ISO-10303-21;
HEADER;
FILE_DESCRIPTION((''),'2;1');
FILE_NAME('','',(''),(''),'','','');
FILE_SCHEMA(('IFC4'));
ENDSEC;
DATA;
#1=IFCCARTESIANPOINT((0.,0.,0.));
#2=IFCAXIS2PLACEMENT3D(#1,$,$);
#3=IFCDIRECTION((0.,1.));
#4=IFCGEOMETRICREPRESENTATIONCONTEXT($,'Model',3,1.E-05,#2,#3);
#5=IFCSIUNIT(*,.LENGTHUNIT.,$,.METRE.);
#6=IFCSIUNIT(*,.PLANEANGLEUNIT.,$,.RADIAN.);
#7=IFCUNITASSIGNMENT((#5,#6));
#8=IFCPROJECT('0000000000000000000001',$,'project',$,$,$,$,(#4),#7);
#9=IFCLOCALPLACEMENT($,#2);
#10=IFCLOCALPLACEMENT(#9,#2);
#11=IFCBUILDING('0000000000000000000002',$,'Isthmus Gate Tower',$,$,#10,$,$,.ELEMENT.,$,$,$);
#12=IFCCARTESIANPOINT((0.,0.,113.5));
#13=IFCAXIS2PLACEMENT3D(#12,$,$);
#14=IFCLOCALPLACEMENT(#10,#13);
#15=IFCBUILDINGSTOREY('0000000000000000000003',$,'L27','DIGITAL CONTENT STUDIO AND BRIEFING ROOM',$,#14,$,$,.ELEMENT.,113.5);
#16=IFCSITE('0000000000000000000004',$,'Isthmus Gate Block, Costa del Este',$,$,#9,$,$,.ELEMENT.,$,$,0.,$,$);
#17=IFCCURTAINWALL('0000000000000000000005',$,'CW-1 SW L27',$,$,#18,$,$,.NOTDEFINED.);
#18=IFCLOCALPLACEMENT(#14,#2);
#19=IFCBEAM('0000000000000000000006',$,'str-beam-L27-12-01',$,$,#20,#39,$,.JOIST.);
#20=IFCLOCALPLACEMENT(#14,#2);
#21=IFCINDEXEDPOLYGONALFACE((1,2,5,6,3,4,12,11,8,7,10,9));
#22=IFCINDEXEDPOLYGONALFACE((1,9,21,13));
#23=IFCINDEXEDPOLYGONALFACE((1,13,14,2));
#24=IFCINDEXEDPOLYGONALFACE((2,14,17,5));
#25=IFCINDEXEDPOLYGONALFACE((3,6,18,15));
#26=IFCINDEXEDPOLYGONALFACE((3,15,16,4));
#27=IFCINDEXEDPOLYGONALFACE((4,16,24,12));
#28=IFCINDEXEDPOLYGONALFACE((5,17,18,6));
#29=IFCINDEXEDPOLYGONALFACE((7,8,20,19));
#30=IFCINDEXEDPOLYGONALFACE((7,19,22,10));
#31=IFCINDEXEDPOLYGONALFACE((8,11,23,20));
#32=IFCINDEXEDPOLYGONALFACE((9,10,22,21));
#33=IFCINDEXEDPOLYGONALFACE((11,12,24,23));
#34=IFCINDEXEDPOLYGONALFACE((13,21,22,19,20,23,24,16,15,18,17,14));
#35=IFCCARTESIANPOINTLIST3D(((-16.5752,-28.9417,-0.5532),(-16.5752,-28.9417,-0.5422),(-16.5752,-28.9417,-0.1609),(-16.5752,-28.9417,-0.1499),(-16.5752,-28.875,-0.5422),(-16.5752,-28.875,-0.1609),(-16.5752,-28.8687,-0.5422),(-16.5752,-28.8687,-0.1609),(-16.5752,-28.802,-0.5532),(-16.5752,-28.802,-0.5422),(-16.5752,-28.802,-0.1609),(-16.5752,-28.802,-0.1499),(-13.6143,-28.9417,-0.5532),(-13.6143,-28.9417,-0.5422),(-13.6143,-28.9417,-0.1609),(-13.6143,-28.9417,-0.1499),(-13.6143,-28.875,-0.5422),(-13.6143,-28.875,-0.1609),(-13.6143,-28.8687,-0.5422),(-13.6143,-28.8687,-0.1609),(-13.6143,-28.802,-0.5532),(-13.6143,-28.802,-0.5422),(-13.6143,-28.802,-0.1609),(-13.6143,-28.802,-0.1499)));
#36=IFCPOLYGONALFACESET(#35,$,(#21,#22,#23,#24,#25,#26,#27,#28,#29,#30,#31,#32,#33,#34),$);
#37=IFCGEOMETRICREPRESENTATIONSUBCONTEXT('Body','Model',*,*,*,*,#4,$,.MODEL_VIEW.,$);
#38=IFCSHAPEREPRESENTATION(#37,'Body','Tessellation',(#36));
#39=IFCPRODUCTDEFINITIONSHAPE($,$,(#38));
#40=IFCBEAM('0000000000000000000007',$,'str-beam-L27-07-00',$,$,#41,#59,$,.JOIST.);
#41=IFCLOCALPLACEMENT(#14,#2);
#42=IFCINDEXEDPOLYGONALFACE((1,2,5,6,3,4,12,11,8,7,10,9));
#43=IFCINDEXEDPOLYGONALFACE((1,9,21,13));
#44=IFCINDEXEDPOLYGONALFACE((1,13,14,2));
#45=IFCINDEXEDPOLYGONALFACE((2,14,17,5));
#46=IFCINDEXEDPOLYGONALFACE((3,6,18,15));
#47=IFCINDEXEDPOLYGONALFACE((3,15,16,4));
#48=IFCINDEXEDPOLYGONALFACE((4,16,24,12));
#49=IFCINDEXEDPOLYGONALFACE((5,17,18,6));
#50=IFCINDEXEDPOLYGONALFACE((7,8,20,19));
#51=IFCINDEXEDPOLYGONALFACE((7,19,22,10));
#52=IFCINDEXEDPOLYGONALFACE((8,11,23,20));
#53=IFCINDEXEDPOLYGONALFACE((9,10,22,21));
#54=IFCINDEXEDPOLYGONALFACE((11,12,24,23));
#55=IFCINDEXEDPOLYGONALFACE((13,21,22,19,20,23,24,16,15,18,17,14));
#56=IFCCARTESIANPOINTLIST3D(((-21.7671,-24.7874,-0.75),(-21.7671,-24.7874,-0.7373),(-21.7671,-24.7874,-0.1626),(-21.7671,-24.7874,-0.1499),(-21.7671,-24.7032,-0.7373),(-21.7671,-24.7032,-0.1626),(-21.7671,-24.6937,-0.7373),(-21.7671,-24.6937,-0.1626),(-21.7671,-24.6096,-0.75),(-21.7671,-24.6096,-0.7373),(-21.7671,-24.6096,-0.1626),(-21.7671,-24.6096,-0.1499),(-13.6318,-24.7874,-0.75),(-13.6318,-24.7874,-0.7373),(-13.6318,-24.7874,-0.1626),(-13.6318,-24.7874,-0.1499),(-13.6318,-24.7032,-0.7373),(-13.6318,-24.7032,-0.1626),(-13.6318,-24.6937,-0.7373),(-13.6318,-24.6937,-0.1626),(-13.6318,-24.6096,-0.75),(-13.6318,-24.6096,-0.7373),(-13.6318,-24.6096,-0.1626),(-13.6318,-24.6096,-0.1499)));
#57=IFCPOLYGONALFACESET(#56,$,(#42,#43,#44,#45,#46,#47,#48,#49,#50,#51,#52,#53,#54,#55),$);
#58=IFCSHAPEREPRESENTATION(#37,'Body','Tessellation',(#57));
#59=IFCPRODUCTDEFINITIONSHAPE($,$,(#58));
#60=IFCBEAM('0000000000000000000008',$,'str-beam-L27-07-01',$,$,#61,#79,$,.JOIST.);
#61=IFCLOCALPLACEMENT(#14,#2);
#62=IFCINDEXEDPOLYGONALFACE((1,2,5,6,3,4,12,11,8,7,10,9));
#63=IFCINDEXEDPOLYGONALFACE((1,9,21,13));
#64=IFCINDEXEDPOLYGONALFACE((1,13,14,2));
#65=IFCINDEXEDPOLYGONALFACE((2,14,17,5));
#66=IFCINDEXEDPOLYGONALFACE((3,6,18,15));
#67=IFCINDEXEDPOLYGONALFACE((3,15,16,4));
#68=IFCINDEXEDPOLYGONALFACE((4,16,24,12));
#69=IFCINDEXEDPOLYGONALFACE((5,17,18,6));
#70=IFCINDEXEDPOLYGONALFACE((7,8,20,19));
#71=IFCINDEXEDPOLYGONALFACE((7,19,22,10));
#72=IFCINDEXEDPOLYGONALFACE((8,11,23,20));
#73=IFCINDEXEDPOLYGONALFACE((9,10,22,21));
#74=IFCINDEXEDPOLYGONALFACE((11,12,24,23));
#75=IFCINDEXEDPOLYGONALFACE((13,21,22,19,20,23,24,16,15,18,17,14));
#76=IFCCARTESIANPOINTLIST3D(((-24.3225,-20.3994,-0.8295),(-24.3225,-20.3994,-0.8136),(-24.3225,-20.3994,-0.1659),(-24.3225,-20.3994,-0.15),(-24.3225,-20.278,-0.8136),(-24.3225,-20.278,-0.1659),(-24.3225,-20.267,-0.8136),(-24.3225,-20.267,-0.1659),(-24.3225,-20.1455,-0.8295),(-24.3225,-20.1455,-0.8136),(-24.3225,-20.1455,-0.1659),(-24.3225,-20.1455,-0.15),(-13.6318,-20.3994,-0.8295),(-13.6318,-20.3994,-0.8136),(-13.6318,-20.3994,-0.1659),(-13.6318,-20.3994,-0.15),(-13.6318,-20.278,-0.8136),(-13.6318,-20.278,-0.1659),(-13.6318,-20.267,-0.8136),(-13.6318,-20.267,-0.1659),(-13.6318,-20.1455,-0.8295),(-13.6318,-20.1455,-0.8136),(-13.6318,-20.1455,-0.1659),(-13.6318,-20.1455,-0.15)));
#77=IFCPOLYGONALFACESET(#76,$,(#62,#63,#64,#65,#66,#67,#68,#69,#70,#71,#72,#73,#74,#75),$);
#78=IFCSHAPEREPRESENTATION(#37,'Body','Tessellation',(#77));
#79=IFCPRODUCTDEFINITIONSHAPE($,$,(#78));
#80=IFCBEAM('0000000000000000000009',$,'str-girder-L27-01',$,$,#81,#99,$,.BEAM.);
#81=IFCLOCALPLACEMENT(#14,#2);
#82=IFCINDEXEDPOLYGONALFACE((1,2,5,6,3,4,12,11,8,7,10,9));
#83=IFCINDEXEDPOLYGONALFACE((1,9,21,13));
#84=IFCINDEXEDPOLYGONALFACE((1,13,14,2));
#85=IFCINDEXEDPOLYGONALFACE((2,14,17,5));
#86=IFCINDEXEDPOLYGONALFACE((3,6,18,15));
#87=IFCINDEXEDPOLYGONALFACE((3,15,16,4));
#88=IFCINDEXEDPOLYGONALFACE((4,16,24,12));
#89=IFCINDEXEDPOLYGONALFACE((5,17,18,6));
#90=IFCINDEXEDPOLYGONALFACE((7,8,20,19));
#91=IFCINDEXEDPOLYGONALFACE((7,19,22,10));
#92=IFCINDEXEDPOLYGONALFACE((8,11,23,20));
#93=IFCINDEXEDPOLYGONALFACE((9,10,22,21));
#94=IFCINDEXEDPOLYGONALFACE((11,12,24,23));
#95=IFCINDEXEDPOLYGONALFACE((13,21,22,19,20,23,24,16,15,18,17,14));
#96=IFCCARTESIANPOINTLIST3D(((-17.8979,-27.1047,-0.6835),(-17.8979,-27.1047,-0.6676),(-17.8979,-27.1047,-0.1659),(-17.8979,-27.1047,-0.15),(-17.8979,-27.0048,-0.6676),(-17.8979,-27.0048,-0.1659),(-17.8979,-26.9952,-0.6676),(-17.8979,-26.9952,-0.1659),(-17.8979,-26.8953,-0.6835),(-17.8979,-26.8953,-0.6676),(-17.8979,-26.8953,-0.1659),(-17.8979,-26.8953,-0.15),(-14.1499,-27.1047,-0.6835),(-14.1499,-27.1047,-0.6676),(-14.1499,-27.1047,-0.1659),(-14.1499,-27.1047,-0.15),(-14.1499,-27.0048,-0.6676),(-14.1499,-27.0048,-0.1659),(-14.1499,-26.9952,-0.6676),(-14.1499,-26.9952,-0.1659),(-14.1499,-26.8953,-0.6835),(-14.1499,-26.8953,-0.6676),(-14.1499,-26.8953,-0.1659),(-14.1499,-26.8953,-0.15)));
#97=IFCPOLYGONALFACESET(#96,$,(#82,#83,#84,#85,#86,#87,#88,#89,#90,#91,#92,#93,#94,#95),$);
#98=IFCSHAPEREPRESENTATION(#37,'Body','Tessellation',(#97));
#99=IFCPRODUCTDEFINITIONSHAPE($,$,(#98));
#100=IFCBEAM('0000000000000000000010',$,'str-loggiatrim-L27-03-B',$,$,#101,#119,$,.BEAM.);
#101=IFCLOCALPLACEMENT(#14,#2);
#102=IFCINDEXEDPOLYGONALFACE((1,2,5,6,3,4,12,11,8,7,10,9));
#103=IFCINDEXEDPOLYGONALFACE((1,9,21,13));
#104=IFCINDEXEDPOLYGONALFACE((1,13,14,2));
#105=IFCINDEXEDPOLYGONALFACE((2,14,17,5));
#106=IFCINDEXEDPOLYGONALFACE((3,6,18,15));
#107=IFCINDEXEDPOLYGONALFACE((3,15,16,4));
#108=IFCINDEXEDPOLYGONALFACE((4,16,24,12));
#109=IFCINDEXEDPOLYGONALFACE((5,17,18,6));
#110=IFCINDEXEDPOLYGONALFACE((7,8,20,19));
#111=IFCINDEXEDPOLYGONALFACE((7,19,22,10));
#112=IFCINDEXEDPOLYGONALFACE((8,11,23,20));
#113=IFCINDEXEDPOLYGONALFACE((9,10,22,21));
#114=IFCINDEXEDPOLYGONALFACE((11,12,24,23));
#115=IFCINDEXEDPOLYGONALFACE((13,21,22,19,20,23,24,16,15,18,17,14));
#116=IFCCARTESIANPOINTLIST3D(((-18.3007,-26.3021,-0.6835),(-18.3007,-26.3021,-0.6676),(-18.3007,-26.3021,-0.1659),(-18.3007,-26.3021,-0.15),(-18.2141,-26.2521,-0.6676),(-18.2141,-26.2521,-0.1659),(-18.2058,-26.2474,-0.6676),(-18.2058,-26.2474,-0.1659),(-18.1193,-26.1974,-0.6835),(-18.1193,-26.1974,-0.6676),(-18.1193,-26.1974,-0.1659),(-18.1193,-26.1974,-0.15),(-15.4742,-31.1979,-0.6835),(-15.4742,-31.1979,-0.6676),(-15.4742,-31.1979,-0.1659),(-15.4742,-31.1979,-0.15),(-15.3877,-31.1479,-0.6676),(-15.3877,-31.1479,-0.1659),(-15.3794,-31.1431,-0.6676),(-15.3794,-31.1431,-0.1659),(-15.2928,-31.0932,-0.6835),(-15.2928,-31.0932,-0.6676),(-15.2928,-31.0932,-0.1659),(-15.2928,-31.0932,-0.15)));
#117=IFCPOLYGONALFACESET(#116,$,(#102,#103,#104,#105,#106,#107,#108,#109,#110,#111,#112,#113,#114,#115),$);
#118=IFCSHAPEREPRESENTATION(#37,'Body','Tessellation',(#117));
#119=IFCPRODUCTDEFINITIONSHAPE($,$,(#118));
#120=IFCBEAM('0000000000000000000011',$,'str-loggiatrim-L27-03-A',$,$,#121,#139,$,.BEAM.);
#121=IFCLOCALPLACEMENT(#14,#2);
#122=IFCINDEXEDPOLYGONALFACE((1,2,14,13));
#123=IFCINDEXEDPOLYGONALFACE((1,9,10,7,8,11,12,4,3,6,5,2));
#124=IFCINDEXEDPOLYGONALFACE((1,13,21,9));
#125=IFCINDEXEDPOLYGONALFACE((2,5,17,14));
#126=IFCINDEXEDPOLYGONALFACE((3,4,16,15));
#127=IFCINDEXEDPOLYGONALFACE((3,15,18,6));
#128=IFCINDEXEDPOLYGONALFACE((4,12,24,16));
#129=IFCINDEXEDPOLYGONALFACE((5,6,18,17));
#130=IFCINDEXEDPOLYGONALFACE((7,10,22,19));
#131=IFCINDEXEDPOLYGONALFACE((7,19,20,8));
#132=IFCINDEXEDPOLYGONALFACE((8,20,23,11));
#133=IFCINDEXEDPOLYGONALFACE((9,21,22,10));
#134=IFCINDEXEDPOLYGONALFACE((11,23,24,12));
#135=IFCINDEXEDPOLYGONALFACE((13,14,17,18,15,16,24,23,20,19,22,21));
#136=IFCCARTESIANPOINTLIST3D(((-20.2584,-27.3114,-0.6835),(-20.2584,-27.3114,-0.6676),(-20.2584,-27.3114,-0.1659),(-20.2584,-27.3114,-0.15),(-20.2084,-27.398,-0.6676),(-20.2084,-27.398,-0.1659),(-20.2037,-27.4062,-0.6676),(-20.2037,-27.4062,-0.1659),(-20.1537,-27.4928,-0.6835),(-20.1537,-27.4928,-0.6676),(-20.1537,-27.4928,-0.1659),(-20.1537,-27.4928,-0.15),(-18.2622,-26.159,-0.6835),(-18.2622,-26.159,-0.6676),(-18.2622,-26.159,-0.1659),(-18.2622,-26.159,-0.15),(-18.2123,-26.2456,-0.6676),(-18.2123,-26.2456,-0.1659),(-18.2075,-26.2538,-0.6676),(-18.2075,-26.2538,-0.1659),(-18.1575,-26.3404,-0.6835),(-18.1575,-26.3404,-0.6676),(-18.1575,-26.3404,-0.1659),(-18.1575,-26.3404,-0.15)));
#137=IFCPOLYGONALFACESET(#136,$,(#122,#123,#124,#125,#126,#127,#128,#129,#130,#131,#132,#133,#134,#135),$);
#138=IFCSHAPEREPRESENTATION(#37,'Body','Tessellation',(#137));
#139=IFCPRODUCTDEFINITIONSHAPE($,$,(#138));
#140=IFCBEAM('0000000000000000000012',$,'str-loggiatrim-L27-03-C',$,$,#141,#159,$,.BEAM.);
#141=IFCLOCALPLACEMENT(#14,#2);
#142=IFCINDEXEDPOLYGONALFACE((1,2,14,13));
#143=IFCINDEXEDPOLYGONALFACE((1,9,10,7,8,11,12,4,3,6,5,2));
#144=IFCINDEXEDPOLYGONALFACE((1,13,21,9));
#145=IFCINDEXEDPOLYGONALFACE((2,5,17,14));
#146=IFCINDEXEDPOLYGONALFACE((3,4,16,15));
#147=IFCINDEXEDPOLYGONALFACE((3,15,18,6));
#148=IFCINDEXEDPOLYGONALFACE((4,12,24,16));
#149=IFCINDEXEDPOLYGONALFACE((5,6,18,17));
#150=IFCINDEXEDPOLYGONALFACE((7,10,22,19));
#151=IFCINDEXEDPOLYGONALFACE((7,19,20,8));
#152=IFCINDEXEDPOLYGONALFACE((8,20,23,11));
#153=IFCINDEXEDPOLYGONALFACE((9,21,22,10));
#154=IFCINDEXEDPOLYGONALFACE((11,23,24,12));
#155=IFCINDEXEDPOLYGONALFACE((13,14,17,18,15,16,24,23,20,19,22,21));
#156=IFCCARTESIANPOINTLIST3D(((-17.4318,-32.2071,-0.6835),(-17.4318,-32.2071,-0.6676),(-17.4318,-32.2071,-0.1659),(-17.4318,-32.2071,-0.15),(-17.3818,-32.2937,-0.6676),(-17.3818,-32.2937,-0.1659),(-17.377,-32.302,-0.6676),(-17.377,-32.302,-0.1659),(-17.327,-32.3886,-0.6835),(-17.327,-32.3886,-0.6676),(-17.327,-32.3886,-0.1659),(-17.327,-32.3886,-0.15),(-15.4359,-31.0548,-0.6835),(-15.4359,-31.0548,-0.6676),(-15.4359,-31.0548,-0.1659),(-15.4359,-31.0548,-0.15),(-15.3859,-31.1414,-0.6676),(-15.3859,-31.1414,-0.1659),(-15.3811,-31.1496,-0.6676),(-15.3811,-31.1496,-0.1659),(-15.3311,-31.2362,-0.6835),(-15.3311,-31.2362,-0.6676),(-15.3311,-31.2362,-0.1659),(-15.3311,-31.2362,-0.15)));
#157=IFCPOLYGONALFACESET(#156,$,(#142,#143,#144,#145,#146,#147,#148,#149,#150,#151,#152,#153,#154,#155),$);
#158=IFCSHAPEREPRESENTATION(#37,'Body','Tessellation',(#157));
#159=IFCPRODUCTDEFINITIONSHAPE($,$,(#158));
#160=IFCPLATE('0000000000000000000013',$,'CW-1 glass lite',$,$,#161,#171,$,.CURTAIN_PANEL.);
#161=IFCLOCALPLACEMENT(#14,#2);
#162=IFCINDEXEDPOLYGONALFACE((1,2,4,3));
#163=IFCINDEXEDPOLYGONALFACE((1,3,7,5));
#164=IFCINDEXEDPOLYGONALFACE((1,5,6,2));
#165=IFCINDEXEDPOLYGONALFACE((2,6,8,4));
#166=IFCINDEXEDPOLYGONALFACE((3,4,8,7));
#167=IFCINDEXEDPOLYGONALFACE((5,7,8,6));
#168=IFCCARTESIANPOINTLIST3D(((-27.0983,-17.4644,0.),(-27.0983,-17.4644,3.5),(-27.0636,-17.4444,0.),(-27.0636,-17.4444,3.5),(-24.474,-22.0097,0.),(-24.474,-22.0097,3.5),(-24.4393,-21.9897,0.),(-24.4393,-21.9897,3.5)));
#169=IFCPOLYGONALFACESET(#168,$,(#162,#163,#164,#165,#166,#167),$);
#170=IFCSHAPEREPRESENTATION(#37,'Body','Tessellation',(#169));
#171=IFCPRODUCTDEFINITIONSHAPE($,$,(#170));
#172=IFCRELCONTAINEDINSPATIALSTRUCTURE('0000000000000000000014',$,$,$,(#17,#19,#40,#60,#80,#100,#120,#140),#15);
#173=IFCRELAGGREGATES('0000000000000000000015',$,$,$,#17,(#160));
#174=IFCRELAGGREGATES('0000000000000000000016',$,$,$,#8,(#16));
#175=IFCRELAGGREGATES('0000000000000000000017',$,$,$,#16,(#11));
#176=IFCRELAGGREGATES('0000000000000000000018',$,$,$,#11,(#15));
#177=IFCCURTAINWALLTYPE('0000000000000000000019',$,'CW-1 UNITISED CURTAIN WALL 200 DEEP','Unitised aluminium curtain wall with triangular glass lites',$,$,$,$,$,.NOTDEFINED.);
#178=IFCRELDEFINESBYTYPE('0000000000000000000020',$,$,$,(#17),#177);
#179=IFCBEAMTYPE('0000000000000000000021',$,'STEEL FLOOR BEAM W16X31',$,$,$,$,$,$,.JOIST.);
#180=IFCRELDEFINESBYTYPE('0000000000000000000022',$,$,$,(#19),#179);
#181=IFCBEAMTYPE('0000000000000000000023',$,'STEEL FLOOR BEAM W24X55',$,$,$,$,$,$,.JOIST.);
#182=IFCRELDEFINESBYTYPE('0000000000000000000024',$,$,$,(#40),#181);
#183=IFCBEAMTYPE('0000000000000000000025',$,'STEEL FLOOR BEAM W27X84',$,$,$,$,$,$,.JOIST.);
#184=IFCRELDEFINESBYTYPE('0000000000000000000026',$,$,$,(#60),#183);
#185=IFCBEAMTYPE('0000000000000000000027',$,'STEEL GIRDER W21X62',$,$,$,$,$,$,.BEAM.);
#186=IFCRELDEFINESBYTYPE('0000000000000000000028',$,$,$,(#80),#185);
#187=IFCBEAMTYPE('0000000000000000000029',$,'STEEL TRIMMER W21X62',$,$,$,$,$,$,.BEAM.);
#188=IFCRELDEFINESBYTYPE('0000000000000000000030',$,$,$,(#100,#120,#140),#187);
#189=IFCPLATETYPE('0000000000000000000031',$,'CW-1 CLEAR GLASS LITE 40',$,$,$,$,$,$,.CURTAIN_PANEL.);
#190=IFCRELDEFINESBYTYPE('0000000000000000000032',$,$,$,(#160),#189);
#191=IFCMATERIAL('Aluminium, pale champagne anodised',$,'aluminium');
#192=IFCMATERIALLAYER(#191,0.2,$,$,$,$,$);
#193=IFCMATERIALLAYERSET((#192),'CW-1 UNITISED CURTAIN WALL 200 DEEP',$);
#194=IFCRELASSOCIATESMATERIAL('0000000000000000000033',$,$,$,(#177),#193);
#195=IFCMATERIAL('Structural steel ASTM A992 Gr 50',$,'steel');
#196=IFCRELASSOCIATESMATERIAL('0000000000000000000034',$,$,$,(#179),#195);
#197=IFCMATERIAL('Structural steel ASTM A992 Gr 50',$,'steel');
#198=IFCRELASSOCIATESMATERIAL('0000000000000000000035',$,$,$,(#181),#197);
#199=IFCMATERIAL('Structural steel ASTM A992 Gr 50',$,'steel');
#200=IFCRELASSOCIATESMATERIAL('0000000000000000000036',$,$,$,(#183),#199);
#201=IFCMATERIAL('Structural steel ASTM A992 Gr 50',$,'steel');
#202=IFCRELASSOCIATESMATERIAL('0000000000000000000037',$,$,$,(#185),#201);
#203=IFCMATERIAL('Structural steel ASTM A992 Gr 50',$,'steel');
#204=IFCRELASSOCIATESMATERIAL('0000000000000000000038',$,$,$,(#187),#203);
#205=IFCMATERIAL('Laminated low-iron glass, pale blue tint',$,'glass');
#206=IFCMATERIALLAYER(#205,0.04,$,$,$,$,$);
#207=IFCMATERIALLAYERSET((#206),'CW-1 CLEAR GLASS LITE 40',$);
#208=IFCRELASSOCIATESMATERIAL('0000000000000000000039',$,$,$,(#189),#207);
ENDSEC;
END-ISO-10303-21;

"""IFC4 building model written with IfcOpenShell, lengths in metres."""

from ifc_helpers import new_model, si_unit, direction, frame, origin, origin_2d, place, context, subcontext, project, spatial, rectangle, i_section, extrude, material, layer, layer_set, material_profile, profile_set, type_object, element, aggregate, save


model = new_model("IFC4")

# Units and contexts
model_context = context("Model", 3, precision=1e-05, world=origin(), true_north=direction((0.0, 1.0)))
body_context = subcontext(model_context, "Body", "Model", "MODEL_VIEW")
ifc_project = project(units=[si_unit("LENGTHUNIT", "METRE"), si_unit("PLANEANGLEUNIT", "RADIAN")], contexts=[model_context])

# Site, building, storey
site_placement = place(None, origin())
site = spatial("IfcSite", under=ifc_project, at=site_placement, Name="Isthmus Gate Block, Costa del Este", CompositionType="ELEMENT", RefElevation=0.0)
building_placement = place(site_placement, origin())
building = spatial("IfcBuilding", under=site, at=building_placement, Name="Isthmus Gate Tower", CompositionType="ELEMENT")
storey_placement = place(building_placement, frame((0.0, 0.0, 113.5)))
storey = spatial("IfcBuildingStorey", under=building, at=storey_placement, Name="L27", Description="DIGITAL CONTENT STUDIO AND BRIEFING ROOM", CompositionType="ELEMENT", Elevation=113.5)

# Shared definitions
ifc_material_1 = material(Name="Aluminium, pale champagne anodised", Category="aluminium")
ifc_layer_1 = layer(ifc_material_1, 0.2)
ifc_layer_set_1 = layer_set([ifc_layer_1], Name="CW-1 UNITISED CURTAIN WALL 200 DEEP")
curtain_wall_type_1 = type_object("IfcCurtainWallType", Name="CW-1 UNITISED CURTAIN WALL 200 DEEP", Description="Unitised aluminium curtain wall with triangular glass lites", PredefinedType="NOTDEFINED", material=ifc_layer_set_1)

# Curtain wall
curtain_wall_1_placement = place(storey_placement, origin())
curtain_wall_1 = element("IfcCurtainWall", 1, at=curtain_wall_1_placement, inside=storey, type_object=curtain_wall_type_1, Name="CW-1 SW L27", PredefinedType="NOTDEFINED")

# Beams
ifc_material_2 = material(Name="Structural steel ASTM A992 Gr 50", Category="steel")
ifc_material_profile_1 = material_profile(ifc_material_2, i_section(OverallWidth=0.1396, OverallDepth=0.4033, WebThickness=0.0063, FlangeThickness=0.011, at=origin_2d()), Name="W16X31")
ifc_profile_set_1 = profile_set([ifc_material_profile_1], Name="Structural steel ASTM A992 Gr 50")
beam_type_1 = type_object("IfcBeamType", Name="STEEL FLOOR BEAM W16X31", PredefinedType="JOIST", material=ifc_profile_set_1)
beam_1_placement = place(storey_placement, frame((-16.5752, -28.8718, -0.3516), z_axis=(1.0, 0.0, 0.0), x_axis=(0.0, 1.0, 0.0)))
element("IfcBeam", 2, at=beam_1_placement, inside=storey, type_object=beam_type_1, Name="str-beam-L27-12-01", PredefinedType="JOIST", context=body_context, shape_type="SweptSolid", body=[
    extrude(i_section(OverallWidth=0.1396, OverallDepth=0.4033, WebThickness=0.0063, FlangeThickness=0.011, at=origin_2d()), origin(), (0.0, 0.0, 1.0), 2.9609),
])
ifc_material_3 = material(Name="Structural steel ASTM A992 Gr 50", Category="steel")
ifc_material_profile_2 = material_profile(ifc_material_3, i_section(OverallWidth=0.1777, OverallDepth=0.6001, WebThickness=0.0095, FlangeThickness=0.0127, at=origin_2d()), Name="W24X55")
ifc_profile_set_2 = profile_set([ifc_material_profile_2], Name="Structural steel ASTM A992 Gr 50")
beam_type_2 = type_object("IfcBeamType", Name="STEEL FLOOR BEAM W24X55", PredefinedType="JOIST", material=ifc_profile_set_2)
beam_2_placement = place(storey_placement, frame((-21.7671, -24.6985, -0.45), z_axis=(1.0, 0.0, 0.0), x_axis=(0.0, 1.0, 0.0)))
element("IfcBeam", 3, at=beam_2_placement, inside=storey, type_object=beam_type_2, Name="str-beam-L27-07-00", PredefinedType="JOIST", context=body_context, shape_type="SweptSolid", body=[
    extrude(i_section(OverallWidth=0.1777, OverallDepth=0.6001, WebThickness=0.0095, FlangeThickness=0.0127, at=origin_2d()), origin(), (0.0, 0.0, 1.0), 8.1353),
])
ifc_material_4 = material(Name="Structural steel ASTM A992 Gr 50", Category="steel")
ifc_material_profile_3 = material_profile(ifc_material_4, i_section(OverallWidth=0.2539, OverallDepth=0.6794, WebThickness=0.011, FlangeThickness=0.0159, at=origin_2d()), Name="W27X84")
ifc_profile_set_3 = profile_set([ifc_material_profile_3], Name="Structural steel ASTM A992 Gr 50")
beam_type_3 = type_object("IfcBeamType", Name="STEEL FLOOR BEAM W27X84", PredefinedType="JOIST", material=ifc_profile_set_3)
beam_3_placement = place(storey_placement, frame((-24.3225, -20.2725, -0.4897), z_axis=(1.0, 0.0, 0.0), x_axis=(0.0, 1.0, 0.0)))
element("IfcBeam", 4, at=beam_3_placement, inside=storey, type_object=beam_type_3, Name="str-beam-L27-07-01", PredefinedType="JOIST", context=body_context, shape_type="SweptSolid", body=[
    extrude(i_section(OverallWidth=0.2539, OverallDepth=0.6794, WebThickness=0.011, FlangeThickness=0.0159, at=origin_2d()), origin(), (0.0, 0.0, 1.0), 10.6907),
])
ifc_material_5 = material(Name="Structural steel ASTM A992 Gr 50", Category="steel")
ifc_material_profile_4 = material_profile(ifc_material_5, i_section(OverallWidth=0.2095, OverallDepth=0.5334, WebThickness=0.0095, FlangeThickness=0.0159, at=origin_2d()), Name="W21X62")
ifc_profile_set_4 = profile_set([ifc_material_profile_4], Name="Structural steel ASTM A992 Gr 50")
beam_type_4 = type_object("IfcBeamType", Name="STEEL GIRDER W21X62", PredefinedType="BEAM", material=ifc_profile_set_4)
beam_4_placement = place(storey_placement, frame((-17.8979, -27.0, -0.4167), z_axis=(1.0, 0.0, 0.0), x_axis=(0.0, 1.0, 0.0)))
element("IfcBeam", 5, at=beam_4_placement, inside=storey, type_object=beam_type_4, Name="str-girder-L27-01", PredefinedType="BEAM", context=body_context, shape_type="SweptSolid", body=[
    extrude(i_section(OverallWidth=0.2095, OverallDepth=0.5334, WebThickness=0.0095, FlangeThickness=0.0159, at=origin_2d()), origin(), (0.0, 0.0, 1.0), 3.748),
])
ifc_material_6 = material(Name="Structural steel ASTM A992 Gr 50", Category="steel")
ifc_material_profile_5 = material_profile(ifc_material_6, i_section(OverallWidth=0.2095, OverallDepth=0.5334, WebThickness=0.0095, FlangeThickness=0.0159, at=origin_2d()), Name="W21X62")
ifc_profile_set_5 = profile_set([ifc_material_profile_5], Name="Structural steel ASTM A992 Gr 50")
beam_type_5 = type_object("IfcBeamType", Name="STEEL TRIMMER W21X62", PredefinedType="BEAM", material=ifc_profile_set_5)
beam_5_placement = place(storey_placement, frame((-18.21, -26.2498, -0.4167), z_axis=(0.49998, -0.866037, 0.0), x_axis=(0.866037, 0.49998, 0.0)))
element("IfcBeam", 6, at=beam_5_placement, inside=storey, type_object=beam_type_5, Name="str-loggiatrim-L27-03-B", PredefinedType="BEAM", context=body_context, shape_type="SweptSolid", body=[
    extrude(i_section(OverallWidth=0.2095, OverallDepth=0.5334, WebThickness=0.0095, FlangeThickness=0.0159, at=origin_2d()), origin(), (0.0, 0.0, 1.0), 5.6531),
])
beam_6_placement = place(storey_placement, frame((-20.2061, -27.4021, -0.4167), z_axis=(0.866044, 0.499967, 0.0), x_axis=(-0.499967, 0.866044, 0.0)))
element("IfcBeam", 7, at=beam_6_placement, inside=storey, type_object=beam_type_5, Name="str-loggiatrim-L27-03-A", PredefinedType="BEAM", context=body_context, shape_type="SweptSolid", body=[
    extrude(i_section(OverallWidth=0.2095, OverallDepth=0.5334, WebThickness=0.0095, FlangeThickness=0.0159, at=origin_2d()), origin(), (0.0, 0.0, 1.0), 2.3049),
])
beam_7_placement = place(storey_placement, frame((-17.3794, -32.2979, -0.4167), z_axis=(0.866018, 0.500013, 0.0), x_axis=(-0.500013, 0.866018, 0.0)))
element("IfcBeam", 8, at=beam_7_placement, inside=storey, type_object=beam_type_5, Name="str-loggiatrim-L27-03-C", PredefinedType="BEAM", context=body_context, shape_type="SweptSolid", body=[
    extrude(i_section(OverallWidth=0.2095, OverallDepth=0.5334, WebThickness=0.0095, FlangeThickness=0.0159, at=origin_2d()), origin(), (0.0, 0.0, 1.0), 2.3047),
])

# Plate
ifc_material_7 = material(Name="Laminated low-iron glass, pale blue tint", Category="glass")
ifc_layer_2 = layer(ifc_material_7, 0.04)
ifc_layer_set_2 = layer_set([ifc_layer_2], Name="CW-1 CLEAR GLASS LITE 40")
plate_type_1 = type_object("IfcPlateType", Name="CW-1 CLEAR GLASS LITE 40", PredefinedType="CURTAIN_PANEL", material=ifc_layer_set_2)
plate_1_placement = place(storey_placement, frame((-25.7688, -19.7271, 0.0), z_axis=(0.0, 0.0, 1.0), x_axis=(0.5, -0.866025, 0.0)))
plate_1 = element("IfcPlate", 9, at=plate_1_placement, type_object=plate_type_1, Name="CW-1 glass lite", PredefinedType="CURTAIN_PANEL", context=body_context, shape_type="SweptSolid", body=[
    extrude(rectangle(XDim=5.2485, YDim=0.04, at=origin_2d()), origin(), (0.0, 0.0, 1.0), 3.5),
])
aggregate(curtain_wall_1, [plate_1])

save(model, "model.ifc")
